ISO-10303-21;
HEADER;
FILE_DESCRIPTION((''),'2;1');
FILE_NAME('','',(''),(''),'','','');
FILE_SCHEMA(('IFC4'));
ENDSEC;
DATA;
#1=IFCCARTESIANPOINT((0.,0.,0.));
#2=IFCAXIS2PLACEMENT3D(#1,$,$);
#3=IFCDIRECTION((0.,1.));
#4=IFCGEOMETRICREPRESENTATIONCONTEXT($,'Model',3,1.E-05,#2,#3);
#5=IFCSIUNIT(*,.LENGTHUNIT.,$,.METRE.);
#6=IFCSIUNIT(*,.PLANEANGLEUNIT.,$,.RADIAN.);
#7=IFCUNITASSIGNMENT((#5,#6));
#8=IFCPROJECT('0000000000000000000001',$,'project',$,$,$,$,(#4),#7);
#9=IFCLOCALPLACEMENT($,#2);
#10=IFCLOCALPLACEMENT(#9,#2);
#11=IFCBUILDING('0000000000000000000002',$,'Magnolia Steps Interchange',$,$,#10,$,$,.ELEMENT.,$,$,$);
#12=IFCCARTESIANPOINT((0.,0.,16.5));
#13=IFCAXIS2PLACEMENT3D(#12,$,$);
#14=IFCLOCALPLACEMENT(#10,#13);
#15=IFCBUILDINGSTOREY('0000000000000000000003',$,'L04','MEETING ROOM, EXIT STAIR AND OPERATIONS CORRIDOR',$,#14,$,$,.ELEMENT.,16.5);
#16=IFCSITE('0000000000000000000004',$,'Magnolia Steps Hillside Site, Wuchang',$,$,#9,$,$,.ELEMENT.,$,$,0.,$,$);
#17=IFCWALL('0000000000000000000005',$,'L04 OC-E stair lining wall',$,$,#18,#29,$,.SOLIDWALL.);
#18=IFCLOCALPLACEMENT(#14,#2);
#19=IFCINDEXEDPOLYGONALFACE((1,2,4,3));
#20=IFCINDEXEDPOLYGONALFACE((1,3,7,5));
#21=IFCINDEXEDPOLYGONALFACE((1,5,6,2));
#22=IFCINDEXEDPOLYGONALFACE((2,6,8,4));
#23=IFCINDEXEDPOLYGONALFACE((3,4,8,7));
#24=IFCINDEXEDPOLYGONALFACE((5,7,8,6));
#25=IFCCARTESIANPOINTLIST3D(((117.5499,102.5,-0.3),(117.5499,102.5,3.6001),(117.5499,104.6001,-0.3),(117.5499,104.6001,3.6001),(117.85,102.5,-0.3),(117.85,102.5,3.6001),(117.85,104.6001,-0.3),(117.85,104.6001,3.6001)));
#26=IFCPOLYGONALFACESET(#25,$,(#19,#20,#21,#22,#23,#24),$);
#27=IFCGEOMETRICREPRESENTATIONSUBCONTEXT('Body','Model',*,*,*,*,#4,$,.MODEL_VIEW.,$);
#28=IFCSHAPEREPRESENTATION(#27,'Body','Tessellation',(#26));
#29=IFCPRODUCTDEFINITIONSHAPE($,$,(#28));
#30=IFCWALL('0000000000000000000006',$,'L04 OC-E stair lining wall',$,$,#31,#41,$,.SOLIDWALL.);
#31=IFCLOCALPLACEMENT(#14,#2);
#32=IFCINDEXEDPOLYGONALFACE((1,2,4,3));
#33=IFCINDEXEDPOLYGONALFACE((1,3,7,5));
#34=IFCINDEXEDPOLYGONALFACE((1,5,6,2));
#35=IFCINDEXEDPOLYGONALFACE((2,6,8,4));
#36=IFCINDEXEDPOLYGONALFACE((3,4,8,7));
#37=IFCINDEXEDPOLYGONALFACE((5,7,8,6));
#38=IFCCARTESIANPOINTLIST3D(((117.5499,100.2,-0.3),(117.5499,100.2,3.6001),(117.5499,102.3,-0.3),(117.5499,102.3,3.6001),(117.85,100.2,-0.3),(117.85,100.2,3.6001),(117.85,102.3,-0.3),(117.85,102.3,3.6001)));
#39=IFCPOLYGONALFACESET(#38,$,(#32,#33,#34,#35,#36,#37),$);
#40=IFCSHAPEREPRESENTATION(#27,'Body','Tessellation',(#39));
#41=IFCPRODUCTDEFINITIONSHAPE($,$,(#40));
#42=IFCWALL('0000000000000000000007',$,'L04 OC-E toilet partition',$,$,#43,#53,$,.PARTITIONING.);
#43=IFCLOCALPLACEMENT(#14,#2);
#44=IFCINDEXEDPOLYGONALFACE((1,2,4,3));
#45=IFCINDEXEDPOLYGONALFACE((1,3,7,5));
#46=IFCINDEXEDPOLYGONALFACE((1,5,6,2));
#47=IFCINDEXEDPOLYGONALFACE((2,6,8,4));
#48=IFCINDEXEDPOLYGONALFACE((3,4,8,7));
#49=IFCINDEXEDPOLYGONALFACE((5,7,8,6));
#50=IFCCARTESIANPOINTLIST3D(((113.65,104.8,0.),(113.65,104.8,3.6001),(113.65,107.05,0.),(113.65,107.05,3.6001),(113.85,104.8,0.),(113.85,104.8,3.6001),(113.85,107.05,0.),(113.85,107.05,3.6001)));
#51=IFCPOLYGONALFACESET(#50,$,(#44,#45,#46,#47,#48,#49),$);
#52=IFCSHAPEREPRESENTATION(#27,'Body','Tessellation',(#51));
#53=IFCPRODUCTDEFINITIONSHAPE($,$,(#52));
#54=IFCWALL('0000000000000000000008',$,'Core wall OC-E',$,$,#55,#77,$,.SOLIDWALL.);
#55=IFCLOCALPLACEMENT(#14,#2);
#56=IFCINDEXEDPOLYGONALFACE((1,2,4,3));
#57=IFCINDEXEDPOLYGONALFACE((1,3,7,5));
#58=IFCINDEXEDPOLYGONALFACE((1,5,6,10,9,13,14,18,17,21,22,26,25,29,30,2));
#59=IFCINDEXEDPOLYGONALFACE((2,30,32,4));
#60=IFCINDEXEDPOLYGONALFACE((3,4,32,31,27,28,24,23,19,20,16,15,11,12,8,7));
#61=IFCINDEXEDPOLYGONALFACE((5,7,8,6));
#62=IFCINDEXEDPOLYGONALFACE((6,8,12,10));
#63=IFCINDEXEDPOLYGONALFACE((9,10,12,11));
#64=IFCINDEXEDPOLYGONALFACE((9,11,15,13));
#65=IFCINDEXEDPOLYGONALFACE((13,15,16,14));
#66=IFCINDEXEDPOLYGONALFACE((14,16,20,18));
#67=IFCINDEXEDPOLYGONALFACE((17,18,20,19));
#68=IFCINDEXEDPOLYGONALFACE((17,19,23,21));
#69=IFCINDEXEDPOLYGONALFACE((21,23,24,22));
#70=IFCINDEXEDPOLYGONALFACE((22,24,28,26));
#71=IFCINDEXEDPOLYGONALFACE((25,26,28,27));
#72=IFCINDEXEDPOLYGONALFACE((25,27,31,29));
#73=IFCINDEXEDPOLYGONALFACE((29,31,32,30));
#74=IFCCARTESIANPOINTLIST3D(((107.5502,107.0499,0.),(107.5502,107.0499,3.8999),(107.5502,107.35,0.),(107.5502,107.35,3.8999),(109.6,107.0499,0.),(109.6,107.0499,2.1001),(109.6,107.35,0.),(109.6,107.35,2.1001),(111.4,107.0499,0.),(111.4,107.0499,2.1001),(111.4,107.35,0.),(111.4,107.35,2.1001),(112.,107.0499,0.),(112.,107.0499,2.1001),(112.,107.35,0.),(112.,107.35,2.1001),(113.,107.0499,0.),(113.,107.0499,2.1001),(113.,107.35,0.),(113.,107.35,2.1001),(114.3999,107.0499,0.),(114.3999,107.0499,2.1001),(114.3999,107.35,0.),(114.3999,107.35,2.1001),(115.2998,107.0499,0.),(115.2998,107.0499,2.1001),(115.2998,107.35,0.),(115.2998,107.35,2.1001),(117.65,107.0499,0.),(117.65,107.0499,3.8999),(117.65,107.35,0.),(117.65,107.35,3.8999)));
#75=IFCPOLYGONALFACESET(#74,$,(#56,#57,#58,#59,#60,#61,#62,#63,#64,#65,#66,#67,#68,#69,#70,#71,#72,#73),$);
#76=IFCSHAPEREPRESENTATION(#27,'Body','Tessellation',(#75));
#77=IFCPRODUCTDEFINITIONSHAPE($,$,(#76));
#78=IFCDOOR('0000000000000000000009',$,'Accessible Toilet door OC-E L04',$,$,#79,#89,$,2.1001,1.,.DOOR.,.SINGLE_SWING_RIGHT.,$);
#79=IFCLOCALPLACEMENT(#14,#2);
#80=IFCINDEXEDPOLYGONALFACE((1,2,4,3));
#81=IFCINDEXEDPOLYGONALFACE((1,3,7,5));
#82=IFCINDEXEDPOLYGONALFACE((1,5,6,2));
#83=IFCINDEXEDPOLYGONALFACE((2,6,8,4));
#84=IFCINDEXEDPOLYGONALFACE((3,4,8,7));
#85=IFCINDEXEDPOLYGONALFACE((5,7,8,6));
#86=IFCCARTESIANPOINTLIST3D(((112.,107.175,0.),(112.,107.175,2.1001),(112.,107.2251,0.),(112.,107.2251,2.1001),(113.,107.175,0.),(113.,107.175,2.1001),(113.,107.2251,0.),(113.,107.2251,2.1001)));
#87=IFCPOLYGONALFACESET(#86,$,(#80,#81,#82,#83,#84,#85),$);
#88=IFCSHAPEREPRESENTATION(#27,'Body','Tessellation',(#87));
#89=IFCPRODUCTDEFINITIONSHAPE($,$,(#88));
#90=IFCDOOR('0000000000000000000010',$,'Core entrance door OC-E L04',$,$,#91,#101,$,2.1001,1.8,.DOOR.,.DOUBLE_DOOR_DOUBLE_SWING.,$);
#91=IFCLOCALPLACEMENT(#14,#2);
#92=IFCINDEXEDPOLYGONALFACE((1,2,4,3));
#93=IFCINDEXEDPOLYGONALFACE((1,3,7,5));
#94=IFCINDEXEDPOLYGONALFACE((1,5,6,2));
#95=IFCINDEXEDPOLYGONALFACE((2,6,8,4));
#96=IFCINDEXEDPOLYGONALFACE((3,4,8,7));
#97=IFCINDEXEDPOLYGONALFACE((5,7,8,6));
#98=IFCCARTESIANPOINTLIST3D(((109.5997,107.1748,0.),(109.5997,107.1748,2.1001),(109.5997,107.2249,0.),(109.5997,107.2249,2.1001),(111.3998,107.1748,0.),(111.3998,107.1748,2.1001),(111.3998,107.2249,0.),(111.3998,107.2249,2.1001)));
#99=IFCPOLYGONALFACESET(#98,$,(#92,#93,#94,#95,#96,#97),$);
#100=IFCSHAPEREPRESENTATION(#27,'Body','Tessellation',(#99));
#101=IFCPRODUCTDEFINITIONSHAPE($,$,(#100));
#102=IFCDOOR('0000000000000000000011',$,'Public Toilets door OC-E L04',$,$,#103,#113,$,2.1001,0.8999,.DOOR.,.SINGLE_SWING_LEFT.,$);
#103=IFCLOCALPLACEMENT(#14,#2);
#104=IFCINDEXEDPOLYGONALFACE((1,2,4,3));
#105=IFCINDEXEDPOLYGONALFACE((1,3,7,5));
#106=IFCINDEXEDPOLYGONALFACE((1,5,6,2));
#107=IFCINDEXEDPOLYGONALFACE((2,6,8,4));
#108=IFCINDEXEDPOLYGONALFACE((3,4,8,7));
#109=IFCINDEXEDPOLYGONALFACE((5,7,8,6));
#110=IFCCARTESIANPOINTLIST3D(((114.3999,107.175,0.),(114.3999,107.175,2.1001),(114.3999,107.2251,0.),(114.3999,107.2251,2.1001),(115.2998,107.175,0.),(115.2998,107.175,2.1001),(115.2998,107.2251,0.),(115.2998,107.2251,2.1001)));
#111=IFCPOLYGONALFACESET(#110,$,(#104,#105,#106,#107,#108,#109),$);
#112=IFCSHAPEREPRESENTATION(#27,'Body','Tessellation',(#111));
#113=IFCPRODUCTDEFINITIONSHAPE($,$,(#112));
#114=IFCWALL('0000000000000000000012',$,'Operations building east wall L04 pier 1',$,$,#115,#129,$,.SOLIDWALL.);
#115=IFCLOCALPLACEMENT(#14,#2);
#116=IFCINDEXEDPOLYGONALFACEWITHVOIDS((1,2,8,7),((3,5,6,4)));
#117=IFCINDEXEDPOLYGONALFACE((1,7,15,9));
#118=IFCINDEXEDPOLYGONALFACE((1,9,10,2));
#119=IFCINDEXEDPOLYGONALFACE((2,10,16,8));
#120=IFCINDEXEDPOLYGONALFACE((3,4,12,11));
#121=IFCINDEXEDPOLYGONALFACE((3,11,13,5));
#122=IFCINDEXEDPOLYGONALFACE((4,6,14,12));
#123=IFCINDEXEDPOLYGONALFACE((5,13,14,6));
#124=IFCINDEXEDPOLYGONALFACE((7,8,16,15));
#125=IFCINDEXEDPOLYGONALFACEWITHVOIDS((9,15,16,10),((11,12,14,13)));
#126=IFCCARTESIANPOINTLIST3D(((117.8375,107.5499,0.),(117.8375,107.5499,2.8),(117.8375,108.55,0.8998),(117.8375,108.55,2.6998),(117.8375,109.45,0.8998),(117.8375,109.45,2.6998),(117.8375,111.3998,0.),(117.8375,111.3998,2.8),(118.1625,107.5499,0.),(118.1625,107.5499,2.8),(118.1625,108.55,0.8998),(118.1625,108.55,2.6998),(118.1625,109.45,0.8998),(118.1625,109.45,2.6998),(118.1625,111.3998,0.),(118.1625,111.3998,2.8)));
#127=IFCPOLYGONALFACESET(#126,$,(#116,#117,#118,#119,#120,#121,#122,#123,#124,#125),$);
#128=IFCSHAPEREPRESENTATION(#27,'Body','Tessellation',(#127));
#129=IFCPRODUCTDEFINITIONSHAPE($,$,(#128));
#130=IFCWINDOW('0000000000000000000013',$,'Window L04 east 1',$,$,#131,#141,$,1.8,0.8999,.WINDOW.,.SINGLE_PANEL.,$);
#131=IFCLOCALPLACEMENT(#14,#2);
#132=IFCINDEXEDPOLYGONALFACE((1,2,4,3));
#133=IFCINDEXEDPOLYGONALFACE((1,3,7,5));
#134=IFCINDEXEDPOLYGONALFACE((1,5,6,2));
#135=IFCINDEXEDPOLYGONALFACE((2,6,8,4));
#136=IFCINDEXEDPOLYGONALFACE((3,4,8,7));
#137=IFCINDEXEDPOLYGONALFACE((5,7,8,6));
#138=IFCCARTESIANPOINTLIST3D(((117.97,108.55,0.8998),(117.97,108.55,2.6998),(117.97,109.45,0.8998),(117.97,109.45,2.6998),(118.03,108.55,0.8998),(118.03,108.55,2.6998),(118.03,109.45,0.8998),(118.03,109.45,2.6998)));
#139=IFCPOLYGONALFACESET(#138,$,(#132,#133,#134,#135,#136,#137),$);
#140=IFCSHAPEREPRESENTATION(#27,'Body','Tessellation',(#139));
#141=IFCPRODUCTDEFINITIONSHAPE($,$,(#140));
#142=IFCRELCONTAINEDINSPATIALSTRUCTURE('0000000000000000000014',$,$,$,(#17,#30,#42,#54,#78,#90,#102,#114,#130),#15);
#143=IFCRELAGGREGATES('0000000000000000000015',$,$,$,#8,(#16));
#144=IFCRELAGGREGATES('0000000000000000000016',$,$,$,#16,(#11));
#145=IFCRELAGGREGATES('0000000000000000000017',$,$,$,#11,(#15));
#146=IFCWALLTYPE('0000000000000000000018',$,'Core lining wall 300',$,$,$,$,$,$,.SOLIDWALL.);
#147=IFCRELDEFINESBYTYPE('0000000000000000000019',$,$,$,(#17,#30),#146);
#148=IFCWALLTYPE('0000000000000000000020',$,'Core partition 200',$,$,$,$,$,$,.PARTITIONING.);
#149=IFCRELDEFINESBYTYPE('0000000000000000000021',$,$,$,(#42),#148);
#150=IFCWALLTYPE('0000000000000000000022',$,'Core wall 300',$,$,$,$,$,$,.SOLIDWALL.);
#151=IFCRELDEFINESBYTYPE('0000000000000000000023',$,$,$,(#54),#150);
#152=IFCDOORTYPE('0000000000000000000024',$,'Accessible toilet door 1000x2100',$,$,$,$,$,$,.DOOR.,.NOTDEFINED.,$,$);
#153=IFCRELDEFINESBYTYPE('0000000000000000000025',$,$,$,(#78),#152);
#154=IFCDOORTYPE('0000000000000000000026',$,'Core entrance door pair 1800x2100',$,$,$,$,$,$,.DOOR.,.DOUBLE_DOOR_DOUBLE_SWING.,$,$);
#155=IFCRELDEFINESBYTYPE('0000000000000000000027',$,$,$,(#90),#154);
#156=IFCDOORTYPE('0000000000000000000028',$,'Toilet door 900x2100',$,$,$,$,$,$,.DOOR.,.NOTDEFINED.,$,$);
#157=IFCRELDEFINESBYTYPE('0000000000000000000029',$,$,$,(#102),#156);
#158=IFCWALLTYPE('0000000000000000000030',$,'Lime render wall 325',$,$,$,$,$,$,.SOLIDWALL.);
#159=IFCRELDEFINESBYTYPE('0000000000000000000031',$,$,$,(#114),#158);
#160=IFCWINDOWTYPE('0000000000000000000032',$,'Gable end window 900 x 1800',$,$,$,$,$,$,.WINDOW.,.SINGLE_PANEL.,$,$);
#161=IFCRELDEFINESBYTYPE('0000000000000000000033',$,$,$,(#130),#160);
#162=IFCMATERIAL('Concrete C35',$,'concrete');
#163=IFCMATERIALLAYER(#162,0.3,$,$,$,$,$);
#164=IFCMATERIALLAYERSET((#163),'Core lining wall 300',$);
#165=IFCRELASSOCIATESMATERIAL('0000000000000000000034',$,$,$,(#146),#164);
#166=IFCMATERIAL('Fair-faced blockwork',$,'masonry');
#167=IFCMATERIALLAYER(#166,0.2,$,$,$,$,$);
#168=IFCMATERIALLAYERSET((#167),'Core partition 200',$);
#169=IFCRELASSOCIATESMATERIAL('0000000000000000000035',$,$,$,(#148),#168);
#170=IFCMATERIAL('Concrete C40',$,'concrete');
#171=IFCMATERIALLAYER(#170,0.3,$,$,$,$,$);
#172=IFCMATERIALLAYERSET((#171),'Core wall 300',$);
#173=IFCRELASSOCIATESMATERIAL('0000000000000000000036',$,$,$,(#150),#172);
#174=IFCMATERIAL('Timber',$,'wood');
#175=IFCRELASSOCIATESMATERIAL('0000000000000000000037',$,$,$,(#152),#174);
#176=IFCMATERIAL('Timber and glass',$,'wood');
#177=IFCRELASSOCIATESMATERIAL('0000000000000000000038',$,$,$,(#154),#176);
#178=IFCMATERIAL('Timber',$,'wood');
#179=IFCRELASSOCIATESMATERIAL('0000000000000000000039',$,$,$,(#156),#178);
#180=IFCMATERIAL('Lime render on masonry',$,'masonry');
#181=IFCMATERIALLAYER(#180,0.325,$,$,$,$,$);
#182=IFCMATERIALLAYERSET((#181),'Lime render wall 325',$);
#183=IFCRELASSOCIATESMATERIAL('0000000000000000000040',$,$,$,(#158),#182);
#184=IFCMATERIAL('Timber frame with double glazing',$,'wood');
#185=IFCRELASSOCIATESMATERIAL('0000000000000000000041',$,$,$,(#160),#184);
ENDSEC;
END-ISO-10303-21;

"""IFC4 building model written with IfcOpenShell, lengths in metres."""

from ifc_helpers import new_model, si_unit, direction, frame, frame_2d, origin, place, context, subcontext, project, spatial, rectangle, extrude, material, layer, layer_set, type_object, element, fill, save


model = new_model("IFC4")

# Units and contexts
model_context = context("Model", 3, precision=1e-05, world=origin(), true_north=direction((0.0, 1.0)))
body_context = subcontext(model_context, "Body", "Model", "MODEL_VIEW")
ifc_project = project(units=[si_unit("LENGTHUNIT", "METRE"), si_unit("PLANEANGLEUNIT", "RADIAN")], contexts=[model_context])

# Site, building, storey
site_placement = place(None, origin())
site = spatial("IfcSite", under=ifc_project, at=site_placement, Name="Magnolia Steps Hillside Site, Wuchang", CompositionType="ELEMENT", RefElevation=0.0)
building_placement = place(site_placement, origin())
building = spatial("IfcBuilding", under=site, at=building_placement, Name="Magnolia Steps Interchange", CompositionType="ELEMENT")
storey_placement = place(building_placement, frame((0.0, 0.0, 16.5)))
storey = spatial("IfcBuildingStorey", under=building, at=storey_placement, Name="L04", Description="MEETING ROOM, EXIT STAIR AND OPERATIONS CORRIDOR", CompositionType="ELEMENT", Elevation=16.5)

# Walls
ifc_material_1 = material(Name="Concrete C35", Category="concrete")
ifc_layer_1 = layer(ifc_material_1, 0.3)
ifc_layer_set_1 = layer_set([ifc_layer_1], Name="Core lining wall 300")
wall_type_1 = type_object("IfcWallType", Name="Core lining wall 300", PredefinedType="SOLIDWALL", material=ifc_layer_set_1)
for number, where, z_axis, x_axis, name in (
    (1, (117.7, 104.6001, -0.3), (0.0, 0.0, 1.0), (0.0, -1.0, 0.0), "L04 OC-E stair lining wall"),
    (2, (117.7, 102.3, -0.3), (0.0, 0.0, 1.0), (0.0, -1.0, 0.0), "L04 OC-E stair lining wall"),
):
    element("IfcWall", number, at=place(storey_placement, frame(where, z_axis=z_axis, x_axis=x_axis)), inside=storey, type_object=wall_type_1, Name=name, PredefinedType="SOLIDWALL", context=body_context, shape_type="SweptSolid", body=[
        extrude(rectangle(XDim=2.1001, YDim=0.3, at=frame_2d((1.05, 0.0))), origin(), (0.0, 0.0, 1.0), 3.9001),
    ])
ifc_material_2 = material(Name="Fair-faced blockwork", Category="masonry")
ifc_layer_2 = layer(ifc_material_2, 0.2)
ifc_layer_set_2 = layer_set([ifc_layer_2], Name="Core partition 200")
wall_type_2 = type_object("IfcWallType", Name="Core partition 200", PredefinedType="PARTITIONING", material=ifc_layer_set_2)
wall_1_placement = place(storey_placement, frame((113.75, 107.05, 0.0), z_axis=(0.0, 0.0, 1.0), x_axis=(0.0, -1.0, 0.0)))
element("IfcWall", 3, at=wall_1_placement, inside=storey, type_object=wall_type_2, Name="L04 OC-E toilet partition", PredefinedType="PARTITIONING", context=body_context, shape_type="SweptSolid", body=[
    extrude(rectangle(XDim=2.25, YDim=0.2, at=frame_2d((1.125, 0.0))), origin(), (0.0, 0.0, 1.0), 3.6001),
])

# Wall, openings, doors
ifc_material_3 = material(Name="Concrete C40", Category="concrete")
ifc_layer_3 = layer(ifc_material_3, 0.3)
ifc_layer_set_3 = layer_set([ifc_layer_3], Name="Core wall 300")
wall_type_3 = type_object("IfcWallType", Name="Core wall 300", PredefinedType="SOLIDWALL", material=ifc_layer_set_3)
wall_2_placement = place(storey_placement, frame((117.6499, 107.2, 0.0), z_axis=(0.0, 0.0, 1.0), x_axis=(-1.0, 0.0, 0.0)))
wall_2 = element("IfcWall", 4, at=wall_2_placement, inside=storey, type_object=wall_type_3, Name="Core wall OC-E", PredefinedType="SOLIDWALL", context=body_context, shape_type="SweptSolid", body=[
    extrude(rectangle(XDim=10.0999, YDim=0.3, at=frame_2d((5.0498, 0.0))), origin(), (0.0, 0.0, 1.0), 3.8999),
])
opening_1_placement = place(wall_2_placement, frame((6.25, 0.0, 0.0)))
opening_1 = element("IfcOpeningElement", 5, at=opening_1_placement, cuts=wall_2, PredefinedType="OPENING", context=body_context, shape_type="SweptSolid", body=[
    extrude(rectangle(XDim=1.8, YDim=2.1001, at=frame_2d((0.8999, 1.05))), frame((0.0, 0.1599, 0.0), z_axis=(0.0, -1.0, 0.0), x_axis=(1.0, 0.0, 0.0)), (0.0, 0.0, 1.0), 0.3201),
])
opening_2_placement = place(wall_2_placement, frame((4.6499, 0.0, 0.0)))
opening_2 = element("IfcOpeningElement", 6, at=opening_2_placement, cuts=wall_2, PredefinedType="OPENING", context=body_context, shape_type="SweptSolid", body=[
    extrude(rectangle(XDim=1.0, YDim=2.1001, at=frame_2d((0.5, 1.05))), frame((0.0, 0.1599, 0.0), z_axis=(0.0, -1.0, 0.0), x_axis=(1.0, 0.0, 0.0)), (0.0, 0.0, 1.0), 0.3201),
])
opening_3_placement = place(wall_2_placement, frame((2.3501, 0.0, 0.0)))
opening_3 = element("IfcOpeningElement", 7, at=opening_3_placement, cuts=wall_2, PredefinedType="OPENING", context=body_context, shape_type="SweptSolid", body=[
    extrude(rectangle(XDim=0.8999, YDim=2.1001, at=frame_2d((0.45, 1.05))), frame((0.0, 0.1599, 0.0), z_axis=(0.0, -1.0, 0.0), x_axis=(1.0, 0.0, 0.0)), (0.0, 0.0, 1.0), 0.3201),
])
ifc_material_4 = material(Name="Timber", Category="wood")
door_type_1 = type_object("IfcDoorType", Name="Accessible toilet door 1000x2100", OperationType="NOTDEFINED", PredefinedType="DOOR", material=ifc_material_4)
door_1_placement = place(opening_2_placement, origin())
door_1 = element("IfcDoor", 8, at=door_1_placement, inside=storey, type_object=door_type_1, Name="Accessible Toilet door OC-E L04", OperationType="SINGLE_SWING_RIGHT", OverallHeight=2.1001, OverallWidth=1.0, PredefinedType="DOOR", context=body_context, shape_type="SweptSolid", body=[
    extrude(rectangle(XDim=1.0, YDim=2.1001, at=frame_2d((0.5, 1.05))), frame((0.0, 0.0249, 0.0), z_axis=(0.0, -1.0, 0.0), x_axis=(1.0, 0.0, 0.0)), (0.0, 0.0, 1.0), 0.05),
])
fill(opening_2, door_1)
ifc_material_5 = material(Name="Timber and glass", Category="wood")
door_type_2 = type_object("IfcDoorType", Name="Core entrance door pair 1800x2100", OperationType="DOUBLE_DOOR_DOUBLE_SWING", PredefinedType="DOOR", material=ifc_material_5)
door_2_placement = place(opening_1_placement, frame((1.8, 0.0, 0.0), z_axis=(0.0, 0.0, 1.0), x_axis=(-1.0, 0.0, 0.0)))
door_2 = element("IfcDoor", 9, at=door_2_placement, inside=storey, type_object=door_type_2, Name="Core entrance door OC-E L04", OperationType="DOUBLE_DOOR_DOUBLE_SWING", OverallHeight=2.1001, OverallWidth=1.8, PredefinedType="DOOR", context=body_context, shape_type="SweptSolid", body=[
    extrude(rectangle(XDim=1.8, YDim=2.1001, at=frame_2d((0.8999, 1.05))), frame((0.0, 0.0249, 0.0), z_axis=(0.0, -1.0, 0.0), x_axis=(1.0, 0.0, 0.0)), (0.0, 0.0, 1.0), 0.05),
])
fill(opening_1, door_2)
ifc_material_6 = material(Name="Timber", Category="wood")
door_type_3 = type_object("IfcDoorType", Name="Toilet door 900x2100", OperationType="NOTDEFINED", PredefinedType="DOOR", material=ifc_material_6)
door_3_placement = place(opening_3_placement, origin())
door_3 = element("IfcDoor", 10, at=door_3_placement, inside=storey, type_object=door_type_3, Name="Public Toilets door OC-E L04", OperationType="SINGLE_SWING_LEFT", OverallHeight=2.1001, OverallWidth=0.8999, PredefinedType="DOOR", context=body_context, shape_type="SweptSolid", body=[
    extrude(rectangle(XDim=0.8999, YDim=2.1001, at=frame_2d((0.45, 1.05))), frame((0.0, 0.0249, 0.0), z_axis=(0.0, -1.0, 0.0), x_axis=(1.0, 0.0, 0.0)), (0.0, 0.0, 1.0), 0.05),
])
fill(opening_3, door_3)

# Wall, opening, window
ifc_material_7 = material(Name="Lime render on masonry", Category="masonry")
ifc_layer_4 = layer(ifc_material_7, 0.325)
ifc_layer_set_4 = layer_set([ifc_layer_4], Name="Lime render wall 325")
wall_type_4 = type_object("IfcWallType", Name="Lime render wall 325", PredefinedType="SOLIDWALL", material=ifc_layer_set_4)
wall_3_placement = place(storey_placement, frame((118.0, 107.55, 0.0), z_axis=(0.0, 0.0, 1.0), x_axis=(0.0, 1.0, 0.0)))
wall_3 = element("IfcWall", 11, at=wall_3_placement, inside=storey, type_object=wall_type_4, Name="Operations building east wall L04 pier 1", PredefinedType="SOLIDWALL", context=body_context, shape_type="SweptSolid", body=[
    extrude(rectangle(XDim=3.8499, YDim=0.325, at=frame_2d((1.9248, 0.0))), origin(), (0.0, 0.0, 1.0), 2.8),
])
opening_4_placement = place(wall_3_placement, frame((1.0, 0.0, 0.8999)))
opening_4 = element("IfcOpeningElement", 12, at=opening_4_placement, cuts=wall_3, PredefinedType="OPENING", context=body_context, shape_type="SweptSolid", body=[
    extrude(rectangle(XDim=0.8999, YDim=1.8, at=frame_2d((0.45, 0.8999))), frame((0.0, 0.1724, 0.0), z_axis=(0.0, -1.0, 0.0), x_axis=(1.0, 0.0, 0.0)), (0.0, 0.0, 1.0), 0.345),
])
ifc_material_8 = material(Name="Timber frame with double glazing", Category="wood")
window_type = type_object("IfcWindowType", Name="Gable end window 900 x 1800", PartitioningType="SINGLE_PANEL", PredefinedType="WINDOW", material=ifc_material_8)
window_placement = place(opening_4_placement, origin())
window = element("IfcWindow", 13, at=window_placement, inside=storey, type_object=window_type, Name="Window L04 east 1", OverallHeight=1.8, OverallWidth=0.8999, PartitioningType="SINGLE_PANEL", PredefinedType="WINDOW", context=body_context, shape_type="SweptSolid", body=[
    extrude(rectangle(XDim=0.8999, YDim=1.8, at=frame_2d((0.45, 0.8999))), frame((0.0, 0.03, 0.0), z_axis=(0.0, -1.0, 0.0), x_axis=(1.0, 0.0, 0.0)), (0.0, 0.0, 1.0), 0.0601),
])
fill(opening_4, window)

save(model, "model.ifc")
